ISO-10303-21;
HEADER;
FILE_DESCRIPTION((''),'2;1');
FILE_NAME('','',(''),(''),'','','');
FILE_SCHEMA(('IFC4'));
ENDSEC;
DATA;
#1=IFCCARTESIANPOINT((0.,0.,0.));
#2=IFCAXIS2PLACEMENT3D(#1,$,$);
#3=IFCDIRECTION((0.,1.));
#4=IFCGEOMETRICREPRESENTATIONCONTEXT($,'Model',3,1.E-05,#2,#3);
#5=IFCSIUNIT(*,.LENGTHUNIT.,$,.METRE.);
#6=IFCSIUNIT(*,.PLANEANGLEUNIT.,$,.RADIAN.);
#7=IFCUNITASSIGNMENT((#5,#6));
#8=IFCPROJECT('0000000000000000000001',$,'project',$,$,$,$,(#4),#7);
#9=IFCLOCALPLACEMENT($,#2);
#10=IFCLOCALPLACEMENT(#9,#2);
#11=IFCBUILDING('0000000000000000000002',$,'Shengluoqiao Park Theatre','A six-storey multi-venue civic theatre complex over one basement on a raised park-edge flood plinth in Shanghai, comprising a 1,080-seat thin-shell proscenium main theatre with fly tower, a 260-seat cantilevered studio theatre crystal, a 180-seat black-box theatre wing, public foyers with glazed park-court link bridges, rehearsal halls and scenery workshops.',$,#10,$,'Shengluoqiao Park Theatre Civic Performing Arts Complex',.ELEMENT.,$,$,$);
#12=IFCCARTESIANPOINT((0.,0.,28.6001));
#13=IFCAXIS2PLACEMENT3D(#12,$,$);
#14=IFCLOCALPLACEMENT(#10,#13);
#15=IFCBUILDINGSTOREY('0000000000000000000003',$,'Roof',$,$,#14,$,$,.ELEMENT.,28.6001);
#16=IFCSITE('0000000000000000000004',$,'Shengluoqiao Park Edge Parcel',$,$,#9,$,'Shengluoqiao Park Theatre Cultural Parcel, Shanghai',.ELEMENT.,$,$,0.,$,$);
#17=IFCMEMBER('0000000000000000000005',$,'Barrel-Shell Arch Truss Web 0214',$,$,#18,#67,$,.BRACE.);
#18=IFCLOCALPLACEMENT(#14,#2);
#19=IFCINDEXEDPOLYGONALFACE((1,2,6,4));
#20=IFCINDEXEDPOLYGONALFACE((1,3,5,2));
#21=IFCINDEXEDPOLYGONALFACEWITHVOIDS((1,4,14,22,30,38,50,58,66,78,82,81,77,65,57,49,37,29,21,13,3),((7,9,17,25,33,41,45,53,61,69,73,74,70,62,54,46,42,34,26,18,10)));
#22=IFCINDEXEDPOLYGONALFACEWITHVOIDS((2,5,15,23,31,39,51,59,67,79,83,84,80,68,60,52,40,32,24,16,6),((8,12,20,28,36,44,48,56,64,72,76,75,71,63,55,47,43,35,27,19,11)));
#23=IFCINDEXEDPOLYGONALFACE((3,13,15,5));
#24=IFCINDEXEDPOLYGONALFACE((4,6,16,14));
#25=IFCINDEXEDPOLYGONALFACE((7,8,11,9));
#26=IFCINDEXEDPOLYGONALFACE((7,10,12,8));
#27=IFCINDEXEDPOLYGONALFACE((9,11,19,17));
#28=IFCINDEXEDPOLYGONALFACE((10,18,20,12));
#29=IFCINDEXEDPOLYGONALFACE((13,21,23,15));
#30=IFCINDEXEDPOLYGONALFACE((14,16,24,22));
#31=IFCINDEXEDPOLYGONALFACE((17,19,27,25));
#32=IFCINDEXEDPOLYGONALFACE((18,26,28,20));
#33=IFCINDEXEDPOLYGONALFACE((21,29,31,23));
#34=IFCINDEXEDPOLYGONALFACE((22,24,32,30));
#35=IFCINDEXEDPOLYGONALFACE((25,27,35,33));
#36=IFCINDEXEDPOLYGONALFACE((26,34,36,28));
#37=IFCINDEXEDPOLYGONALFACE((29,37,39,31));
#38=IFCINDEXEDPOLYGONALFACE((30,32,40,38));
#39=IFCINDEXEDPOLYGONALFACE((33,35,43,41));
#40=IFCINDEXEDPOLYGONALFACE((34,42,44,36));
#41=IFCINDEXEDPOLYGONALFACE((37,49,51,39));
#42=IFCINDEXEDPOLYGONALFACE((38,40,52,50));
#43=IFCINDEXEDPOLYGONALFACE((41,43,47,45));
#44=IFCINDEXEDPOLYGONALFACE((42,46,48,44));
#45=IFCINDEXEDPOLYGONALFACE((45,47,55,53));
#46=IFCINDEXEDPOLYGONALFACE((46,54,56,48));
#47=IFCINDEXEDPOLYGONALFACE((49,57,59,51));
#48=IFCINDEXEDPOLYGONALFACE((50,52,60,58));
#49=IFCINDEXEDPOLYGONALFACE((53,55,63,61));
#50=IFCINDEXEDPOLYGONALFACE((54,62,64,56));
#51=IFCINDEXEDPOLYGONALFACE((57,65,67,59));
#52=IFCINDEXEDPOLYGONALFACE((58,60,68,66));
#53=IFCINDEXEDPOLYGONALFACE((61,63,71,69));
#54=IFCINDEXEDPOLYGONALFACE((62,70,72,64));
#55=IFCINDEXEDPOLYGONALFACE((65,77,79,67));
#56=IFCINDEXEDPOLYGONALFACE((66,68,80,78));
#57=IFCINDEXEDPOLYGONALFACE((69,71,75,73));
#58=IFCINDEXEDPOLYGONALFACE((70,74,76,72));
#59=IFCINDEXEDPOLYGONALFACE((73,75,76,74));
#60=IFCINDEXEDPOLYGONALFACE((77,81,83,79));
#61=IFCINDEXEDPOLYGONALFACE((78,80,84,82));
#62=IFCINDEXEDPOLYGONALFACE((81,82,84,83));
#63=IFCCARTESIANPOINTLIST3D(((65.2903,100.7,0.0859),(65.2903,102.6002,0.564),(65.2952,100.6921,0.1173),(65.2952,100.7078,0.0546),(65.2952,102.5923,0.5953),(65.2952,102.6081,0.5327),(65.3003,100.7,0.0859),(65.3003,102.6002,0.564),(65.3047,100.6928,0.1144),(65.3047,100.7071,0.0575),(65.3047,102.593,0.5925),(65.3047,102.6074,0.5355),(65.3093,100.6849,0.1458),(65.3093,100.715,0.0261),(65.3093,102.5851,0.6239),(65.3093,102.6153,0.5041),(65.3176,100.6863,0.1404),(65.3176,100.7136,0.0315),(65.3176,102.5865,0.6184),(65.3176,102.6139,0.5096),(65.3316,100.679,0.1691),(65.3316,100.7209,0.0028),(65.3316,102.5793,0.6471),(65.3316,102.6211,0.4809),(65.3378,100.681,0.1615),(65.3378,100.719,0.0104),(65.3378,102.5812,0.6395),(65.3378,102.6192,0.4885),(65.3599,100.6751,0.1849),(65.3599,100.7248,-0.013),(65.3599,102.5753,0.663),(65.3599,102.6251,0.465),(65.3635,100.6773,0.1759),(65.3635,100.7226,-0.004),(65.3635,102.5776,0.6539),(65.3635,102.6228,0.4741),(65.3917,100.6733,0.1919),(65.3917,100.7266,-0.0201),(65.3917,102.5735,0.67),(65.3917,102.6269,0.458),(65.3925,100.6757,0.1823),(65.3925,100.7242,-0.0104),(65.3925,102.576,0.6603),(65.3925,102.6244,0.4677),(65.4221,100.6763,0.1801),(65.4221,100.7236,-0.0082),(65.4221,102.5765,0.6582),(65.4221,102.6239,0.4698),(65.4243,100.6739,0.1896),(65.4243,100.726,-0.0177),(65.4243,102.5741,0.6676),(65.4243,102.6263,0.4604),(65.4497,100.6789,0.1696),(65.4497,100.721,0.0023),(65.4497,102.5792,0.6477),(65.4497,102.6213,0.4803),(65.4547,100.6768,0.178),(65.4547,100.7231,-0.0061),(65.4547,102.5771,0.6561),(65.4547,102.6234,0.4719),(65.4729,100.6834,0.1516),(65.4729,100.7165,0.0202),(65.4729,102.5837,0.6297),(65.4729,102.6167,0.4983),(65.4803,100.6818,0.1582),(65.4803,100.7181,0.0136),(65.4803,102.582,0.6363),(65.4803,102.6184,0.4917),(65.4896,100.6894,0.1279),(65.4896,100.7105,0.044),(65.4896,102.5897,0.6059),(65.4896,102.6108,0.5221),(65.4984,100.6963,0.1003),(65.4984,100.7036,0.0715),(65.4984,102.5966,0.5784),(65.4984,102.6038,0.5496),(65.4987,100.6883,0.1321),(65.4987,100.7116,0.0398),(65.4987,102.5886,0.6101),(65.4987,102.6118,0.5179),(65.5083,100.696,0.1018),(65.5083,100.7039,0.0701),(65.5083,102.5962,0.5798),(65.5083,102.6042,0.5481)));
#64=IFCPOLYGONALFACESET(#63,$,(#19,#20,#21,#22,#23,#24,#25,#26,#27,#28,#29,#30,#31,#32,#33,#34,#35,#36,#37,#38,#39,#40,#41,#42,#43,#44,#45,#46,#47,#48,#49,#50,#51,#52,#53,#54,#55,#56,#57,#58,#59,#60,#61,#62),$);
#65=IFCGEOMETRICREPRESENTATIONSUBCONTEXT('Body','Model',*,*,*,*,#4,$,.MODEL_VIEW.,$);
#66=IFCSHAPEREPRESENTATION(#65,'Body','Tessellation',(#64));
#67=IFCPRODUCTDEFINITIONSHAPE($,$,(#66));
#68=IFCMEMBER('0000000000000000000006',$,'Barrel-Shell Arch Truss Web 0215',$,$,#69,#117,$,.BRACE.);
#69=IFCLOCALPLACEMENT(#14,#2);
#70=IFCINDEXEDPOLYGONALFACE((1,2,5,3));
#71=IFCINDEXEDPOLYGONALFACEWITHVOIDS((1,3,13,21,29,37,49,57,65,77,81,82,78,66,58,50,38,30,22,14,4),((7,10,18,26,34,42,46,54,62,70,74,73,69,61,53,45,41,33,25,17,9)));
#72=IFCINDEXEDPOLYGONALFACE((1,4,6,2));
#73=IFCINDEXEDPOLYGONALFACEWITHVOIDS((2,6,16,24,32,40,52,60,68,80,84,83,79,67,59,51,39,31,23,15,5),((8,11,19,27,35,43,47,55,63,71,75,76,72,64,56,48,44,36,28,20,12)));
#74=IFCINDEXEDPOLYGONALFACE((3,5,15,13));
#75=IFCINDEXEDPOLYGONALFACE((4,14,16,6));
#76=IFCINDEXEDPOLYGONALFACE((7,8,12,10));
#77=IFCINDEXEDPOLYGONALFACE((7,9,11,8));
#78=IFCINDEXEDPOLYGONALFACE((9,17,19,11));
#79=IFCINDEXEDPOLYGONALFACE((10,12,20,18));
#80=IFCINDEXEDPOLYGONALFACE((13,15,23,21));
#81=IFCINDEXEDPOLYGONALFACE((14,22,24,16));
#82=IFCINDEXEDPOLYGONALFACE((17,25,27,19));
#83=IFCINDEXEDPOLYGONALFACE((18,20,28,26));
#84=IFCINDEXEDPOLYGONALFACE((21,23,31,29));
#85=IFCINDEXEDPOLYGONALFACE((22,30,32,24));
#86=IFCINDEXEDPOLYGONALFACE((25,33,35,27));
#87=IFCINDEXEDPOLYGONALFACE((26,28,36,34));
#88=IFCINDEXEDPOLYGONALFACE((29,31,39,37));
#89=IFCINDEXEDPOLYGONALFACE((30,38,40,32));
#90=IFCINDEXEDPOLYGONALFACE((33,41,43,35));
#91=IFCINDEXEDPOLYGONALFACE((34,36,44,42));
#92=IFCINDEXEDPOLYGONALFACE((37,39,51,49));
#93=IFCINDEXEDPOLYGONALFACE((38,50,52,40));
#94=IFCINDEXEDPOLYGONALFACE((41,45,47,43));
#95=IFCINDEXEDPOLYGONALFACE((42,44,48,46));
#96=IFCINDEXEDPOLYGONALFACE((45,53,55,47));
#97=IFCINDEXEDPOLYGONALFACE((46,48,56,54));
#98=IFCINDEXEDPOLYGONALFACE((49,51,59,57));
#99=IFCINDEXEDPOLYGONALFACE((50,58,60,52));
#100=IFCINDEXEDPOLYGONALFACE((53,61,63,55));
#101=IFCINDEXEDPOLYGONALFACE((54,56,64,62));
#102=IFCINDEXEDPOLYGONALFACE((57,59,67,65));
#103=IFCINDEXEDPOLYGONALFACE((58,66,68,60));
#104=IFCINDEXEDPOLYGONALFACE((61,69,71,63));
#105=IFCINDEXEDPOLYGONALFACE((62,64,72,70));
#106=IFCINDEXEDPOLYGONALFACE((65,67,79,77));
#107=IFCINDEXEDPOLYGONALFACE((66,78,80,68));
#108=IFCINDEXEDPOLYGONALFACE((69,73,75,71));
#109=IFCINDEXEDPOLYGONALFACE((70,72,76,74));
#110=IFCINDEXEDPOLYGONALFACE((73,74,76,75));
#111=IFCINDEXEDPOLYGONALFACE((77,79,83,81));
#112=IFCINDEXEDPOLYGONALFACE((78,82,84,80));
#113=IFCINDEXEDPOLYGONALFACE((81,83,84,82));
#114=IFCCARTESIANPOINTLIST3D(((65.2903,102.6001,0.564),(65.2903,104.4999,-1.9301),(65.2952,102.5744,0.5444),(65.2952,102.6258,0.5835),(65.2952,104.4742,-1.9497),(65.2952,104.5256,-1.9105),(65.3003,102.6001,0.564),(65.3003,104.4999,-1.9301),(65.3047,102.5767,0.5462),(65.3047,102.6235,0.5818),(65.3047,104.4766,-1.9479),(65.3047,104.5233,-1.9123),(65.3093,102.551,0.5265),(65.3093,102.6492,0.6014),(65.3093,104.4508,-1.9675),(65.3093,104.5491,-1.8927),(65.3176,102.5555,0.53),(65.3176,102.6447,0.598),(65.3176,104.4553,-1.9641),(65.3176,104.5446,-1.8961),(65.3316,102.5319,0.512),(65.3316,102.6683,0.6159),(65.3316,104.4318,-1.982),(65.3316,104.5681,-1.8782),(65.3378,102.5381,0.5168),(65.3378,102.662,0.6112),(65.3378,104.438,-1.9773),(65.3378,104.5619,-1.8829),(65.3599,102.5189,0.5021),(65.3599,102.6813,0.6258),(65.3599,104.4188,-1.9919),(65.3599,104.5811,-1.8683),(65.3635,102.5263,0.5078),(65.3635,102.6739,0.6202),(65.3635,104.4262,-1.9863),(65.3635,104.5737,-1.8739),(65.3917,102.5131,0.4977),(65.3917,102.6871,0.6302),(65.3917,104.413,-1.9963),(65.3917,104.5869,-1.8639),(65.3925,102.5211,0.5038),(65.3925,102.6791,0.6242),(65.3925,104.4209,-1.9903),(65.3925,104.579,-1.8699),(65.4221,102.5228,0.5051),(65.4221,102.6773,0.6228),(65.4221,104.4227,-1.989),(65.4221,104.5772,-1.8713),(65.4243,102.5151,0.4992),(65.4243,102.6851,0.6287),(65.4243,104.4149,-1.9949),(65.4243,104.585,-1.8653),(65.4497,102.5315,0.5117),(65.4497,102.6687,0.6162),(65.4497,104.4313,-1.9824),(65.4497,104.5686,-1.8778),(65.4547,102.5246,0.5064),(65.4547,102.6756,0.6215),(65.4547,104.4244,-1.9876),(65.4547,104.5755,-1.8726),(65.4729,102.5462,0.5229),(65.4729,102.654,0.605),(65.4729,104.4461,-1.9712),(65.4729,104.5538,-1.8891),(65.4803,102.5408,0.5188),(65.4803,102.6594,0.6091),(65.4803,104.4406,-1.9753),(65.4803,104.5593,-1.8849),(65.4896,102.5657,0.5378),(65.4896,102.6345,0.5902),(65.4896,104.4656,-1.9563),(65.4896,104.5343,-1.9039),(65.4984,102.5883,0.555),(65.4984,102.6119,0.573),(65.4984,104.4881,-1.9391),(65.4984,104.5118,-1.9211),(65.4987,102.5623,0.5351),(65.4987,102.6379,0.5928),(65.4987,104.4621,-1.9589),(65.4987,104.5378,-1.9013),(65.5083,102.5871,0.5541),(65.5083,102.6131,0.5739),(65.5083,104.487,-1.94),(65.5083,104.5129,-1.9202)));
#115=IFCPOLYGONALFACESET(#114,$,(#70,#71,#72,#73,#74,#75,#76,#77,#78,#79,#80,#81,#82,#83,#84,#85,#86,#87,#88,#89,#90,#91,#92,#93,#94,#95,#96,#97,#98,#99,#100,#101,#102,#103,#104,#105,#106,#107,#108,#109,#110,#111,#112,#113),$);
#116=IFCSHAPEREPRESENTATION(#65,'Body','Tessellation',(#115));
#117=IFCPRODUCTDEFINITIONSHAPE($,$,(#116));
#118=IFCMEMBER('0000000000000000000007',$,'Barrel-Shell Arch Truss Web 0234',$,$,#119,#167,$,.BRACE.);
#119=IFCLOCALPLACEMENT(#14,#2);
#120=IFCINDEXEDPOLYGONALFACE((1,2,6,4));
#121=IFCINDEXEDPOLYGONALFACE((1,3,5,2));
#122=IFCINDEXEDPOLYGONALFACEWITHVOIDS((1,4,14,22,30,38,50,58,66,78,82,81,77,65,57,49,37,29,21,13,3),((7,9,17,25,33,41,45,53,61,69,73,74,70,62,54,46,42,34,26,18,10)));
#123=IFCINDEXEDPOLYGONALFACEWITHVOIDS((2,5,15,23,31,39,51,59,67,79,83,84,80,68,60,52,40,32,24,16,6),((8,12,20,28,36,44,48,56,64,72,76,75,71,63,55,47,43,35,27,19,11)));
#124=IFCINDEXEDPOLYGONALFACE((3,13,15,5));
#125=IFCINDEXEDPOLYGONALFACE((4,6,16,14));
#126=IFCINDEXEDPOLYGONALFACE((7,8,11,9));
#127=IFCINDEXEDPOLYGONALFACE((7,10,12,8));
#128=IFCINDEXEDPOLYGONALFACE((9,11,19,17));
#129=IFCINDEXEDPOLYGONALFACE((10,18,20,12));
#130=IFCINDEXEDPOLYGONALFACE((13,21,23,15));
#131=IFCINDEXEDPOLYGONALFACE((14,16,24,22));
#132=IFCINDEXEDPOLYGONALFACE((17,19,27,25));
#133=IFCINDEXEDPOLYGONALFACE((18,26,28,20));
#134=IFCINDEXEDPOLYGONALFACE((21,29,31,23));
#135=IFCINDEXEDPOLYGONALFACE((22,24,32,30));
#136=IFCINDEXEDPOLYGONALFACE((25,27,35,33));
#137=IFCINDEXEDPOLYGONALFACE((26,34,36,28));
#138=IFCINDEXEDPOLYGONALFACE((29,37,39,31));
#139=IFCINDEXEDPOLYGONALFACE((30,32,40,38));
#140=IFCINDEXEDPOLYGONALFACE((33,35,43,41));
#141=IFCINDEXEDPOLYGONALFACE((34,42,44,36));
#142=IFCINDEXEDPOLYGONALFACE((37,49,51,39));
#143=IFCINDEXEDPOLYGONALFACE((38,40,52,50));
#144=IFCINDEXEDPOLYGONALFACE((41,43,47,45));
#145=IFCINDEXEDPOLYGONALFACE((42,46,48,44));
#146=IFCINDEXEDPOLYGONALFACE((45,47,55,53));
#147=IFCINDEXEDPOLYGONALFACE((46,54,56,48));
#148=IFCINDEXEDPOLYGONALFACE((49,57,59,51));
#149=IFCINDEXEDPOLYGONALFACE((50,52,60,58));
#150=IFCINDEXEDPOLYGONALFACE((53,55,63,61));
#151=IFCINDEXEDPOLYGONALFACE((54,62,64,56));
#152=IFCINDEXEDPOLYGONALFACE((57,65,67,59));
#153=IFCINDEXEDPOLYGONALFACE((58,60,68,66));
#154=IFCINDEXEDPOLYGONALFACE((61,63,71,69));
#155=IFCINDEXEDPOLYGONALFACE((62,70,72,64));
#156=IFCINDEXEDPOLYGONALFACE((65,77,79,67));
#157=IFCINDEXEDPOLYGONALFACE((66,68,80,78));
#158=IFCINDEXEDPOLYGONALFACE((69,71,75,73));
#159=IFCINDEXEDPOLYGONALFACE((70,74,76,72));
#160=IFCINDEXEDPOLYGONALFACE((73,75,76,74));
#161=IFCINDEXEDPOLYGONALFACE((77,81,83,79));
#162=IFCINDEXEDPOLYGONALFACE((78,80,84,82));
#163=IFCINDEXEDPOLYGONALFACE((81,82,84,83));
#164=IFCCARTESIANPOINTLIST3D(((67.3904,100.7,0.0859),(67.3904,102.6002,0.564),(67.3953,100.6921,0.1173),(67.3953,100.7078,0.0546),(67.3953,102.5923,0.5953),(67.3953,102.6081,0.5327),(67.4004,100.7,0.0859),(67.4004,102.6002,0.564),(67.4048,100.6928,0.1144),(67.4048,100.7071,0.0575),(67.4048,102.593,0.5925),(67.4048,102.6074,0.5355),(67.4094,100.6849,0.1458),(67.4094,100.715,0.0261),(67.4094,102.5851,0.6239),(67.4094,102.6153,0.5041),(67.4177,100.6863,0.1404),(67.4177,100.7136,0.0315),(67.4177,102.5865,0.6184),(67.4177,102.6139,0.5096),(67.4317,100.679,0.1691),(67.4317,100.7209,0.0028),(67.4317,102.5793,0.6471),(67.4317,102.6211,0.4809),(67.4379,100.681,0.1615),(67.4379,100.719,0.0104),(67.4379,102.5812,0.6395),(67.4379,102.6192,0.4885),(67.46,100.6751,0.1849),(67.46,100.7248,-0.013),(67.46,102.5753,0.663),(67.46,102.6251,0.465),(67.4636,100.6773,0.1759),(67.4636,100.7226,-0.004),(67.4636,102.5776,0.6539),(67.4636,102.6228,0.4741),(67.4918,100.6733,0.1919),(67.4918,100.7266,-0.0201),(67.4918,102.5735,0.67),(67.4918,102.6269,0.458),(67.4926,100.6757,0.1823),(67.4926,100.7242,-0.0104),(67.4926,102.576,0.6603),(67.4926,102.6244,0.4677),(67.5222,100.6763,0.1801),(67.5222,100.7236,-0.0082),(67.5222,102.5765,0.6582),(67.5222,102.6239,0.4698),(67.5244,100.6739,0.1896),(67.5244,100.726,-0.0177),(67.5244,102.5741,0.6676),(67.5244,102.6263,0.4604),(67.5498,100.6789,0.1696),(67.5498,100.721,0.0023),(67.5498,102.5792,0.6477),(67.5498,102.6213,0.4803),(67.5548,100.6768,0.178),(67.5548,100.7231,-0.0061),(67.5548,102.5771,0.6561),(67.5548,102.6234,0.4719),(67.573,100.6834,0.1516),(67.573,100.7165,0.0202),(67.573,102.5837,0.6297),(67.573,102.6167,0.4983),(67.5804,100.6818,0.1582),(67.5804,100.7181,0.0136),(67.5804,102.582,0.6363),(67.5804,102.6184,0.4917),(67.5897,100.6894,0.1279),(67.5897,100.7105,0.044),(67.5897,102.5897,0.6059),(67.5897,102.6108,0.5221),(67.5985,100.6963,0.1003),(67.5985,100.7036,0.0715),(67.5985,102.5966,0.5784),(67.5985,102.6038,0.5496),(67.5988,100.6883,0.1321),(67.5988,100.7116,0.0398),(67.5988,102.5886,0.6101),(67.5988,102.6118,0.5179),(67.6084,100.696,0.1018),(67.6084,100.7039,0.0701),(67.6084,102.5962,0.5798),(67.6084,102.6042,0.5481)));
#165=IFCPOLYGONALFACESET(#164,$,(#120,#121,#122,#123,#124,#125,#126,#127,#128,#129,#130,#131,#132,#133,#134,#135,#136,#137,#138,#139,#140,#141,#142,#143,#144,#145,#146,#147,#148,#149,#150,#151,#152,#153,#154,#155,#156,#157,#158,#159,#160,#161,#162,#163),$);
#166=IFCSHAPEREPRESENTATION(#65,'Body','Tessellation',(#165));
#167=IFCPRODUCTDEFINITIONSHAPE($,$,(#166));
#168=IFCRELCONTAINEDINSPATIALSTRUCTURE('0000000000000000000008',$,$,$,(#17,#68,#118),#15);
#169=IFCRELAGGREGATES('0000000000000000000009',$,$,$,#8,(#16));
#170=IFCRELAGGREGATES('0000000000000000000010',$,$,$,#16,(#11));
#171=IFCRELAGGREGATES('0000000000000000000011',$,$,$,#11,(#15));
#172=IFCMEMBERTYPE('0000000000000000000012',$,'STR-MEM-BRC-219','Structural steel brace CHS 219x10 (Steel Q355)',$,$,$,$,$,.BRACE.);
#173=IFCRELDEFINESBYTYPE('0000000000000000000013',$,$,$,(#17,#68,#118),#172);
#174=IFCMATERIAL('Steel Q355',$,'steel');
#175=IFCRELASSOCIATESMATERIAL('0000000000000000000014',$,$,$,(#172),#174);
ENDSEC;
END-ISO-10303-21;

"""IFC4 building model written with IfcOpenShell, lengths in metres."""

from ifc_helpers import new_model, si_unit, direction, frame, origin, origin_2d, place, context, subcontext, project, spatial, hollow_circle, extrude, material, material_profile, profile_set, type_object, element, save


model = new_model("IFC4")

# Units and contexts
model_context = context("Model", 3, precision=1e-05, world=origin(), true_north=direction((0.0, 1.0)))
body_context = subcontext(model_context, "Body", "Model", "MODEL_VIEW")
ifc_project = project(units=[si_unit("LENGTHUNIT", "METRE"), si_unit("PLANEANGLEUNIT", "RADIAN")], contexts=[model_context])

# Site, building, storey
site_placement = place(None, origin())
site = spatial("IfcSite", under=ifc_project, at=site_placement, Name="Shengluoqiao Park Edge Parcel", LongName="Shengluoqiao Park Theatre Cultural Parcel, Shanghai", CompositionType="ELEMENT", RefElevation=0.0)
building_placement = place(site_placement, origin())
building = spatial("IfcBuilding", under=site, at=building_placement, Name="Shengluoqiao Park Theatre", Description="A six-storey multi-venue civic theatre complex over one basement on a raised park-edge flood plinth in Shanghai, comprising a 1,080-seat thin-shell proscenium main theatre with fly tower, a 260-seat cantilevered studio theatre crystal, a 180-seat black-box theatre wing, public foyers with glazed park-court link bridges, rehearsal halls and scenery workshops.", LongName="Shengluoqiao Park Theatre Civic Performing Arts Complex", CompositionType="ELEMENT")
storey_placement = place(building_placement, frame((0.0, 0.0, 28.6001)))
storey = spatial("IfcBuildingStorey", under=building, at=storey_placement, Name="Roof", CompositionType="ELEMENT", Elevation=28.6001)

# Shared definitions
ifc_material_1 = material(Name="Steel Q355", Category="steel")

# Members
ifc_material_profile_1 = material_profile(ifc_material_1, hollow_circle(Radius=0.1096, WallThickness=0.01, at=origin_2d()), Name="CHS 219x10")
ifc_profile_set_1 = profile_set([ifc_material_profile_1], Name="Steel Q355")
member_type_1 = type_object("IfcMemberType", Name="STR-MEM-BRC-219", Description="Structural steel brace CHS 219x10 (Steel Q355)", PredefinedType="BRACE", material=ifc_profile_set_1)
member_1_placement = place(storey_placement, frame((65.3999, 100.7, 0.0859), z_axis=(0.0, 0.969782, 0.243972), x_axis=(-1.0, 0.0, 0.0)))
element("IfcMember", 1, at=member_1_placement, inside=storey, type_object=member_type_1, Name="Barrel-Shell Arch Truss Web 0214", PredefinedType="BRACE", context=body_context, shape_type="SweptSolid", body=[
    extrude(hollow_circle(Radius=0.1096, WallThickness=0.01, at=origin_2d()), origin(), (0.0, 0.0, 1.0), 1.9595),
])
member_2_placement = place(storey_placement, frame((65.3999, 102.6001, 0.564), z_axis=(0.0, 0.605963, -0.795492), x_axis=(-1.0, 0.0, 0.0)))
element("IfcMember", 2, at=member_2_placement, inside=storey, type_object=member_type_1, Name="Barrel-Shell Arch Truss Web 0215", PredefinedType="BRACE", context=body_context, shape_type="SweptSolid", body=[
    extrude(hollow_circle(Radius=0.1096, WallThickness=0.01, at=origin_2d()), origin(), (0.0, 0.0, 1.0), 3.1353),
])
member_3_placement = place(storey_placement, frame((67.5, 100.7, 0.0859), z_axis=(0.0, 0.969782, 0.243972), x_axis=(-1.0, 0.0, 0.0)))
element("IfcMember", 3, at=member_3_placement, inside=storey, type_object=member_type_1, Name="Barrel-Shell Arch Truss Web 0234", PredefinedType="BRACE", context=body_context, shape_type="SweptSolid", body=[
    extrude(hollow_circle(Radius=0.1096, WallThickness=0.01, at=origin_2d()), origin(), (0.0, 0.0, 1.0), 1.9595),
])

save(model, "model.ifc")
